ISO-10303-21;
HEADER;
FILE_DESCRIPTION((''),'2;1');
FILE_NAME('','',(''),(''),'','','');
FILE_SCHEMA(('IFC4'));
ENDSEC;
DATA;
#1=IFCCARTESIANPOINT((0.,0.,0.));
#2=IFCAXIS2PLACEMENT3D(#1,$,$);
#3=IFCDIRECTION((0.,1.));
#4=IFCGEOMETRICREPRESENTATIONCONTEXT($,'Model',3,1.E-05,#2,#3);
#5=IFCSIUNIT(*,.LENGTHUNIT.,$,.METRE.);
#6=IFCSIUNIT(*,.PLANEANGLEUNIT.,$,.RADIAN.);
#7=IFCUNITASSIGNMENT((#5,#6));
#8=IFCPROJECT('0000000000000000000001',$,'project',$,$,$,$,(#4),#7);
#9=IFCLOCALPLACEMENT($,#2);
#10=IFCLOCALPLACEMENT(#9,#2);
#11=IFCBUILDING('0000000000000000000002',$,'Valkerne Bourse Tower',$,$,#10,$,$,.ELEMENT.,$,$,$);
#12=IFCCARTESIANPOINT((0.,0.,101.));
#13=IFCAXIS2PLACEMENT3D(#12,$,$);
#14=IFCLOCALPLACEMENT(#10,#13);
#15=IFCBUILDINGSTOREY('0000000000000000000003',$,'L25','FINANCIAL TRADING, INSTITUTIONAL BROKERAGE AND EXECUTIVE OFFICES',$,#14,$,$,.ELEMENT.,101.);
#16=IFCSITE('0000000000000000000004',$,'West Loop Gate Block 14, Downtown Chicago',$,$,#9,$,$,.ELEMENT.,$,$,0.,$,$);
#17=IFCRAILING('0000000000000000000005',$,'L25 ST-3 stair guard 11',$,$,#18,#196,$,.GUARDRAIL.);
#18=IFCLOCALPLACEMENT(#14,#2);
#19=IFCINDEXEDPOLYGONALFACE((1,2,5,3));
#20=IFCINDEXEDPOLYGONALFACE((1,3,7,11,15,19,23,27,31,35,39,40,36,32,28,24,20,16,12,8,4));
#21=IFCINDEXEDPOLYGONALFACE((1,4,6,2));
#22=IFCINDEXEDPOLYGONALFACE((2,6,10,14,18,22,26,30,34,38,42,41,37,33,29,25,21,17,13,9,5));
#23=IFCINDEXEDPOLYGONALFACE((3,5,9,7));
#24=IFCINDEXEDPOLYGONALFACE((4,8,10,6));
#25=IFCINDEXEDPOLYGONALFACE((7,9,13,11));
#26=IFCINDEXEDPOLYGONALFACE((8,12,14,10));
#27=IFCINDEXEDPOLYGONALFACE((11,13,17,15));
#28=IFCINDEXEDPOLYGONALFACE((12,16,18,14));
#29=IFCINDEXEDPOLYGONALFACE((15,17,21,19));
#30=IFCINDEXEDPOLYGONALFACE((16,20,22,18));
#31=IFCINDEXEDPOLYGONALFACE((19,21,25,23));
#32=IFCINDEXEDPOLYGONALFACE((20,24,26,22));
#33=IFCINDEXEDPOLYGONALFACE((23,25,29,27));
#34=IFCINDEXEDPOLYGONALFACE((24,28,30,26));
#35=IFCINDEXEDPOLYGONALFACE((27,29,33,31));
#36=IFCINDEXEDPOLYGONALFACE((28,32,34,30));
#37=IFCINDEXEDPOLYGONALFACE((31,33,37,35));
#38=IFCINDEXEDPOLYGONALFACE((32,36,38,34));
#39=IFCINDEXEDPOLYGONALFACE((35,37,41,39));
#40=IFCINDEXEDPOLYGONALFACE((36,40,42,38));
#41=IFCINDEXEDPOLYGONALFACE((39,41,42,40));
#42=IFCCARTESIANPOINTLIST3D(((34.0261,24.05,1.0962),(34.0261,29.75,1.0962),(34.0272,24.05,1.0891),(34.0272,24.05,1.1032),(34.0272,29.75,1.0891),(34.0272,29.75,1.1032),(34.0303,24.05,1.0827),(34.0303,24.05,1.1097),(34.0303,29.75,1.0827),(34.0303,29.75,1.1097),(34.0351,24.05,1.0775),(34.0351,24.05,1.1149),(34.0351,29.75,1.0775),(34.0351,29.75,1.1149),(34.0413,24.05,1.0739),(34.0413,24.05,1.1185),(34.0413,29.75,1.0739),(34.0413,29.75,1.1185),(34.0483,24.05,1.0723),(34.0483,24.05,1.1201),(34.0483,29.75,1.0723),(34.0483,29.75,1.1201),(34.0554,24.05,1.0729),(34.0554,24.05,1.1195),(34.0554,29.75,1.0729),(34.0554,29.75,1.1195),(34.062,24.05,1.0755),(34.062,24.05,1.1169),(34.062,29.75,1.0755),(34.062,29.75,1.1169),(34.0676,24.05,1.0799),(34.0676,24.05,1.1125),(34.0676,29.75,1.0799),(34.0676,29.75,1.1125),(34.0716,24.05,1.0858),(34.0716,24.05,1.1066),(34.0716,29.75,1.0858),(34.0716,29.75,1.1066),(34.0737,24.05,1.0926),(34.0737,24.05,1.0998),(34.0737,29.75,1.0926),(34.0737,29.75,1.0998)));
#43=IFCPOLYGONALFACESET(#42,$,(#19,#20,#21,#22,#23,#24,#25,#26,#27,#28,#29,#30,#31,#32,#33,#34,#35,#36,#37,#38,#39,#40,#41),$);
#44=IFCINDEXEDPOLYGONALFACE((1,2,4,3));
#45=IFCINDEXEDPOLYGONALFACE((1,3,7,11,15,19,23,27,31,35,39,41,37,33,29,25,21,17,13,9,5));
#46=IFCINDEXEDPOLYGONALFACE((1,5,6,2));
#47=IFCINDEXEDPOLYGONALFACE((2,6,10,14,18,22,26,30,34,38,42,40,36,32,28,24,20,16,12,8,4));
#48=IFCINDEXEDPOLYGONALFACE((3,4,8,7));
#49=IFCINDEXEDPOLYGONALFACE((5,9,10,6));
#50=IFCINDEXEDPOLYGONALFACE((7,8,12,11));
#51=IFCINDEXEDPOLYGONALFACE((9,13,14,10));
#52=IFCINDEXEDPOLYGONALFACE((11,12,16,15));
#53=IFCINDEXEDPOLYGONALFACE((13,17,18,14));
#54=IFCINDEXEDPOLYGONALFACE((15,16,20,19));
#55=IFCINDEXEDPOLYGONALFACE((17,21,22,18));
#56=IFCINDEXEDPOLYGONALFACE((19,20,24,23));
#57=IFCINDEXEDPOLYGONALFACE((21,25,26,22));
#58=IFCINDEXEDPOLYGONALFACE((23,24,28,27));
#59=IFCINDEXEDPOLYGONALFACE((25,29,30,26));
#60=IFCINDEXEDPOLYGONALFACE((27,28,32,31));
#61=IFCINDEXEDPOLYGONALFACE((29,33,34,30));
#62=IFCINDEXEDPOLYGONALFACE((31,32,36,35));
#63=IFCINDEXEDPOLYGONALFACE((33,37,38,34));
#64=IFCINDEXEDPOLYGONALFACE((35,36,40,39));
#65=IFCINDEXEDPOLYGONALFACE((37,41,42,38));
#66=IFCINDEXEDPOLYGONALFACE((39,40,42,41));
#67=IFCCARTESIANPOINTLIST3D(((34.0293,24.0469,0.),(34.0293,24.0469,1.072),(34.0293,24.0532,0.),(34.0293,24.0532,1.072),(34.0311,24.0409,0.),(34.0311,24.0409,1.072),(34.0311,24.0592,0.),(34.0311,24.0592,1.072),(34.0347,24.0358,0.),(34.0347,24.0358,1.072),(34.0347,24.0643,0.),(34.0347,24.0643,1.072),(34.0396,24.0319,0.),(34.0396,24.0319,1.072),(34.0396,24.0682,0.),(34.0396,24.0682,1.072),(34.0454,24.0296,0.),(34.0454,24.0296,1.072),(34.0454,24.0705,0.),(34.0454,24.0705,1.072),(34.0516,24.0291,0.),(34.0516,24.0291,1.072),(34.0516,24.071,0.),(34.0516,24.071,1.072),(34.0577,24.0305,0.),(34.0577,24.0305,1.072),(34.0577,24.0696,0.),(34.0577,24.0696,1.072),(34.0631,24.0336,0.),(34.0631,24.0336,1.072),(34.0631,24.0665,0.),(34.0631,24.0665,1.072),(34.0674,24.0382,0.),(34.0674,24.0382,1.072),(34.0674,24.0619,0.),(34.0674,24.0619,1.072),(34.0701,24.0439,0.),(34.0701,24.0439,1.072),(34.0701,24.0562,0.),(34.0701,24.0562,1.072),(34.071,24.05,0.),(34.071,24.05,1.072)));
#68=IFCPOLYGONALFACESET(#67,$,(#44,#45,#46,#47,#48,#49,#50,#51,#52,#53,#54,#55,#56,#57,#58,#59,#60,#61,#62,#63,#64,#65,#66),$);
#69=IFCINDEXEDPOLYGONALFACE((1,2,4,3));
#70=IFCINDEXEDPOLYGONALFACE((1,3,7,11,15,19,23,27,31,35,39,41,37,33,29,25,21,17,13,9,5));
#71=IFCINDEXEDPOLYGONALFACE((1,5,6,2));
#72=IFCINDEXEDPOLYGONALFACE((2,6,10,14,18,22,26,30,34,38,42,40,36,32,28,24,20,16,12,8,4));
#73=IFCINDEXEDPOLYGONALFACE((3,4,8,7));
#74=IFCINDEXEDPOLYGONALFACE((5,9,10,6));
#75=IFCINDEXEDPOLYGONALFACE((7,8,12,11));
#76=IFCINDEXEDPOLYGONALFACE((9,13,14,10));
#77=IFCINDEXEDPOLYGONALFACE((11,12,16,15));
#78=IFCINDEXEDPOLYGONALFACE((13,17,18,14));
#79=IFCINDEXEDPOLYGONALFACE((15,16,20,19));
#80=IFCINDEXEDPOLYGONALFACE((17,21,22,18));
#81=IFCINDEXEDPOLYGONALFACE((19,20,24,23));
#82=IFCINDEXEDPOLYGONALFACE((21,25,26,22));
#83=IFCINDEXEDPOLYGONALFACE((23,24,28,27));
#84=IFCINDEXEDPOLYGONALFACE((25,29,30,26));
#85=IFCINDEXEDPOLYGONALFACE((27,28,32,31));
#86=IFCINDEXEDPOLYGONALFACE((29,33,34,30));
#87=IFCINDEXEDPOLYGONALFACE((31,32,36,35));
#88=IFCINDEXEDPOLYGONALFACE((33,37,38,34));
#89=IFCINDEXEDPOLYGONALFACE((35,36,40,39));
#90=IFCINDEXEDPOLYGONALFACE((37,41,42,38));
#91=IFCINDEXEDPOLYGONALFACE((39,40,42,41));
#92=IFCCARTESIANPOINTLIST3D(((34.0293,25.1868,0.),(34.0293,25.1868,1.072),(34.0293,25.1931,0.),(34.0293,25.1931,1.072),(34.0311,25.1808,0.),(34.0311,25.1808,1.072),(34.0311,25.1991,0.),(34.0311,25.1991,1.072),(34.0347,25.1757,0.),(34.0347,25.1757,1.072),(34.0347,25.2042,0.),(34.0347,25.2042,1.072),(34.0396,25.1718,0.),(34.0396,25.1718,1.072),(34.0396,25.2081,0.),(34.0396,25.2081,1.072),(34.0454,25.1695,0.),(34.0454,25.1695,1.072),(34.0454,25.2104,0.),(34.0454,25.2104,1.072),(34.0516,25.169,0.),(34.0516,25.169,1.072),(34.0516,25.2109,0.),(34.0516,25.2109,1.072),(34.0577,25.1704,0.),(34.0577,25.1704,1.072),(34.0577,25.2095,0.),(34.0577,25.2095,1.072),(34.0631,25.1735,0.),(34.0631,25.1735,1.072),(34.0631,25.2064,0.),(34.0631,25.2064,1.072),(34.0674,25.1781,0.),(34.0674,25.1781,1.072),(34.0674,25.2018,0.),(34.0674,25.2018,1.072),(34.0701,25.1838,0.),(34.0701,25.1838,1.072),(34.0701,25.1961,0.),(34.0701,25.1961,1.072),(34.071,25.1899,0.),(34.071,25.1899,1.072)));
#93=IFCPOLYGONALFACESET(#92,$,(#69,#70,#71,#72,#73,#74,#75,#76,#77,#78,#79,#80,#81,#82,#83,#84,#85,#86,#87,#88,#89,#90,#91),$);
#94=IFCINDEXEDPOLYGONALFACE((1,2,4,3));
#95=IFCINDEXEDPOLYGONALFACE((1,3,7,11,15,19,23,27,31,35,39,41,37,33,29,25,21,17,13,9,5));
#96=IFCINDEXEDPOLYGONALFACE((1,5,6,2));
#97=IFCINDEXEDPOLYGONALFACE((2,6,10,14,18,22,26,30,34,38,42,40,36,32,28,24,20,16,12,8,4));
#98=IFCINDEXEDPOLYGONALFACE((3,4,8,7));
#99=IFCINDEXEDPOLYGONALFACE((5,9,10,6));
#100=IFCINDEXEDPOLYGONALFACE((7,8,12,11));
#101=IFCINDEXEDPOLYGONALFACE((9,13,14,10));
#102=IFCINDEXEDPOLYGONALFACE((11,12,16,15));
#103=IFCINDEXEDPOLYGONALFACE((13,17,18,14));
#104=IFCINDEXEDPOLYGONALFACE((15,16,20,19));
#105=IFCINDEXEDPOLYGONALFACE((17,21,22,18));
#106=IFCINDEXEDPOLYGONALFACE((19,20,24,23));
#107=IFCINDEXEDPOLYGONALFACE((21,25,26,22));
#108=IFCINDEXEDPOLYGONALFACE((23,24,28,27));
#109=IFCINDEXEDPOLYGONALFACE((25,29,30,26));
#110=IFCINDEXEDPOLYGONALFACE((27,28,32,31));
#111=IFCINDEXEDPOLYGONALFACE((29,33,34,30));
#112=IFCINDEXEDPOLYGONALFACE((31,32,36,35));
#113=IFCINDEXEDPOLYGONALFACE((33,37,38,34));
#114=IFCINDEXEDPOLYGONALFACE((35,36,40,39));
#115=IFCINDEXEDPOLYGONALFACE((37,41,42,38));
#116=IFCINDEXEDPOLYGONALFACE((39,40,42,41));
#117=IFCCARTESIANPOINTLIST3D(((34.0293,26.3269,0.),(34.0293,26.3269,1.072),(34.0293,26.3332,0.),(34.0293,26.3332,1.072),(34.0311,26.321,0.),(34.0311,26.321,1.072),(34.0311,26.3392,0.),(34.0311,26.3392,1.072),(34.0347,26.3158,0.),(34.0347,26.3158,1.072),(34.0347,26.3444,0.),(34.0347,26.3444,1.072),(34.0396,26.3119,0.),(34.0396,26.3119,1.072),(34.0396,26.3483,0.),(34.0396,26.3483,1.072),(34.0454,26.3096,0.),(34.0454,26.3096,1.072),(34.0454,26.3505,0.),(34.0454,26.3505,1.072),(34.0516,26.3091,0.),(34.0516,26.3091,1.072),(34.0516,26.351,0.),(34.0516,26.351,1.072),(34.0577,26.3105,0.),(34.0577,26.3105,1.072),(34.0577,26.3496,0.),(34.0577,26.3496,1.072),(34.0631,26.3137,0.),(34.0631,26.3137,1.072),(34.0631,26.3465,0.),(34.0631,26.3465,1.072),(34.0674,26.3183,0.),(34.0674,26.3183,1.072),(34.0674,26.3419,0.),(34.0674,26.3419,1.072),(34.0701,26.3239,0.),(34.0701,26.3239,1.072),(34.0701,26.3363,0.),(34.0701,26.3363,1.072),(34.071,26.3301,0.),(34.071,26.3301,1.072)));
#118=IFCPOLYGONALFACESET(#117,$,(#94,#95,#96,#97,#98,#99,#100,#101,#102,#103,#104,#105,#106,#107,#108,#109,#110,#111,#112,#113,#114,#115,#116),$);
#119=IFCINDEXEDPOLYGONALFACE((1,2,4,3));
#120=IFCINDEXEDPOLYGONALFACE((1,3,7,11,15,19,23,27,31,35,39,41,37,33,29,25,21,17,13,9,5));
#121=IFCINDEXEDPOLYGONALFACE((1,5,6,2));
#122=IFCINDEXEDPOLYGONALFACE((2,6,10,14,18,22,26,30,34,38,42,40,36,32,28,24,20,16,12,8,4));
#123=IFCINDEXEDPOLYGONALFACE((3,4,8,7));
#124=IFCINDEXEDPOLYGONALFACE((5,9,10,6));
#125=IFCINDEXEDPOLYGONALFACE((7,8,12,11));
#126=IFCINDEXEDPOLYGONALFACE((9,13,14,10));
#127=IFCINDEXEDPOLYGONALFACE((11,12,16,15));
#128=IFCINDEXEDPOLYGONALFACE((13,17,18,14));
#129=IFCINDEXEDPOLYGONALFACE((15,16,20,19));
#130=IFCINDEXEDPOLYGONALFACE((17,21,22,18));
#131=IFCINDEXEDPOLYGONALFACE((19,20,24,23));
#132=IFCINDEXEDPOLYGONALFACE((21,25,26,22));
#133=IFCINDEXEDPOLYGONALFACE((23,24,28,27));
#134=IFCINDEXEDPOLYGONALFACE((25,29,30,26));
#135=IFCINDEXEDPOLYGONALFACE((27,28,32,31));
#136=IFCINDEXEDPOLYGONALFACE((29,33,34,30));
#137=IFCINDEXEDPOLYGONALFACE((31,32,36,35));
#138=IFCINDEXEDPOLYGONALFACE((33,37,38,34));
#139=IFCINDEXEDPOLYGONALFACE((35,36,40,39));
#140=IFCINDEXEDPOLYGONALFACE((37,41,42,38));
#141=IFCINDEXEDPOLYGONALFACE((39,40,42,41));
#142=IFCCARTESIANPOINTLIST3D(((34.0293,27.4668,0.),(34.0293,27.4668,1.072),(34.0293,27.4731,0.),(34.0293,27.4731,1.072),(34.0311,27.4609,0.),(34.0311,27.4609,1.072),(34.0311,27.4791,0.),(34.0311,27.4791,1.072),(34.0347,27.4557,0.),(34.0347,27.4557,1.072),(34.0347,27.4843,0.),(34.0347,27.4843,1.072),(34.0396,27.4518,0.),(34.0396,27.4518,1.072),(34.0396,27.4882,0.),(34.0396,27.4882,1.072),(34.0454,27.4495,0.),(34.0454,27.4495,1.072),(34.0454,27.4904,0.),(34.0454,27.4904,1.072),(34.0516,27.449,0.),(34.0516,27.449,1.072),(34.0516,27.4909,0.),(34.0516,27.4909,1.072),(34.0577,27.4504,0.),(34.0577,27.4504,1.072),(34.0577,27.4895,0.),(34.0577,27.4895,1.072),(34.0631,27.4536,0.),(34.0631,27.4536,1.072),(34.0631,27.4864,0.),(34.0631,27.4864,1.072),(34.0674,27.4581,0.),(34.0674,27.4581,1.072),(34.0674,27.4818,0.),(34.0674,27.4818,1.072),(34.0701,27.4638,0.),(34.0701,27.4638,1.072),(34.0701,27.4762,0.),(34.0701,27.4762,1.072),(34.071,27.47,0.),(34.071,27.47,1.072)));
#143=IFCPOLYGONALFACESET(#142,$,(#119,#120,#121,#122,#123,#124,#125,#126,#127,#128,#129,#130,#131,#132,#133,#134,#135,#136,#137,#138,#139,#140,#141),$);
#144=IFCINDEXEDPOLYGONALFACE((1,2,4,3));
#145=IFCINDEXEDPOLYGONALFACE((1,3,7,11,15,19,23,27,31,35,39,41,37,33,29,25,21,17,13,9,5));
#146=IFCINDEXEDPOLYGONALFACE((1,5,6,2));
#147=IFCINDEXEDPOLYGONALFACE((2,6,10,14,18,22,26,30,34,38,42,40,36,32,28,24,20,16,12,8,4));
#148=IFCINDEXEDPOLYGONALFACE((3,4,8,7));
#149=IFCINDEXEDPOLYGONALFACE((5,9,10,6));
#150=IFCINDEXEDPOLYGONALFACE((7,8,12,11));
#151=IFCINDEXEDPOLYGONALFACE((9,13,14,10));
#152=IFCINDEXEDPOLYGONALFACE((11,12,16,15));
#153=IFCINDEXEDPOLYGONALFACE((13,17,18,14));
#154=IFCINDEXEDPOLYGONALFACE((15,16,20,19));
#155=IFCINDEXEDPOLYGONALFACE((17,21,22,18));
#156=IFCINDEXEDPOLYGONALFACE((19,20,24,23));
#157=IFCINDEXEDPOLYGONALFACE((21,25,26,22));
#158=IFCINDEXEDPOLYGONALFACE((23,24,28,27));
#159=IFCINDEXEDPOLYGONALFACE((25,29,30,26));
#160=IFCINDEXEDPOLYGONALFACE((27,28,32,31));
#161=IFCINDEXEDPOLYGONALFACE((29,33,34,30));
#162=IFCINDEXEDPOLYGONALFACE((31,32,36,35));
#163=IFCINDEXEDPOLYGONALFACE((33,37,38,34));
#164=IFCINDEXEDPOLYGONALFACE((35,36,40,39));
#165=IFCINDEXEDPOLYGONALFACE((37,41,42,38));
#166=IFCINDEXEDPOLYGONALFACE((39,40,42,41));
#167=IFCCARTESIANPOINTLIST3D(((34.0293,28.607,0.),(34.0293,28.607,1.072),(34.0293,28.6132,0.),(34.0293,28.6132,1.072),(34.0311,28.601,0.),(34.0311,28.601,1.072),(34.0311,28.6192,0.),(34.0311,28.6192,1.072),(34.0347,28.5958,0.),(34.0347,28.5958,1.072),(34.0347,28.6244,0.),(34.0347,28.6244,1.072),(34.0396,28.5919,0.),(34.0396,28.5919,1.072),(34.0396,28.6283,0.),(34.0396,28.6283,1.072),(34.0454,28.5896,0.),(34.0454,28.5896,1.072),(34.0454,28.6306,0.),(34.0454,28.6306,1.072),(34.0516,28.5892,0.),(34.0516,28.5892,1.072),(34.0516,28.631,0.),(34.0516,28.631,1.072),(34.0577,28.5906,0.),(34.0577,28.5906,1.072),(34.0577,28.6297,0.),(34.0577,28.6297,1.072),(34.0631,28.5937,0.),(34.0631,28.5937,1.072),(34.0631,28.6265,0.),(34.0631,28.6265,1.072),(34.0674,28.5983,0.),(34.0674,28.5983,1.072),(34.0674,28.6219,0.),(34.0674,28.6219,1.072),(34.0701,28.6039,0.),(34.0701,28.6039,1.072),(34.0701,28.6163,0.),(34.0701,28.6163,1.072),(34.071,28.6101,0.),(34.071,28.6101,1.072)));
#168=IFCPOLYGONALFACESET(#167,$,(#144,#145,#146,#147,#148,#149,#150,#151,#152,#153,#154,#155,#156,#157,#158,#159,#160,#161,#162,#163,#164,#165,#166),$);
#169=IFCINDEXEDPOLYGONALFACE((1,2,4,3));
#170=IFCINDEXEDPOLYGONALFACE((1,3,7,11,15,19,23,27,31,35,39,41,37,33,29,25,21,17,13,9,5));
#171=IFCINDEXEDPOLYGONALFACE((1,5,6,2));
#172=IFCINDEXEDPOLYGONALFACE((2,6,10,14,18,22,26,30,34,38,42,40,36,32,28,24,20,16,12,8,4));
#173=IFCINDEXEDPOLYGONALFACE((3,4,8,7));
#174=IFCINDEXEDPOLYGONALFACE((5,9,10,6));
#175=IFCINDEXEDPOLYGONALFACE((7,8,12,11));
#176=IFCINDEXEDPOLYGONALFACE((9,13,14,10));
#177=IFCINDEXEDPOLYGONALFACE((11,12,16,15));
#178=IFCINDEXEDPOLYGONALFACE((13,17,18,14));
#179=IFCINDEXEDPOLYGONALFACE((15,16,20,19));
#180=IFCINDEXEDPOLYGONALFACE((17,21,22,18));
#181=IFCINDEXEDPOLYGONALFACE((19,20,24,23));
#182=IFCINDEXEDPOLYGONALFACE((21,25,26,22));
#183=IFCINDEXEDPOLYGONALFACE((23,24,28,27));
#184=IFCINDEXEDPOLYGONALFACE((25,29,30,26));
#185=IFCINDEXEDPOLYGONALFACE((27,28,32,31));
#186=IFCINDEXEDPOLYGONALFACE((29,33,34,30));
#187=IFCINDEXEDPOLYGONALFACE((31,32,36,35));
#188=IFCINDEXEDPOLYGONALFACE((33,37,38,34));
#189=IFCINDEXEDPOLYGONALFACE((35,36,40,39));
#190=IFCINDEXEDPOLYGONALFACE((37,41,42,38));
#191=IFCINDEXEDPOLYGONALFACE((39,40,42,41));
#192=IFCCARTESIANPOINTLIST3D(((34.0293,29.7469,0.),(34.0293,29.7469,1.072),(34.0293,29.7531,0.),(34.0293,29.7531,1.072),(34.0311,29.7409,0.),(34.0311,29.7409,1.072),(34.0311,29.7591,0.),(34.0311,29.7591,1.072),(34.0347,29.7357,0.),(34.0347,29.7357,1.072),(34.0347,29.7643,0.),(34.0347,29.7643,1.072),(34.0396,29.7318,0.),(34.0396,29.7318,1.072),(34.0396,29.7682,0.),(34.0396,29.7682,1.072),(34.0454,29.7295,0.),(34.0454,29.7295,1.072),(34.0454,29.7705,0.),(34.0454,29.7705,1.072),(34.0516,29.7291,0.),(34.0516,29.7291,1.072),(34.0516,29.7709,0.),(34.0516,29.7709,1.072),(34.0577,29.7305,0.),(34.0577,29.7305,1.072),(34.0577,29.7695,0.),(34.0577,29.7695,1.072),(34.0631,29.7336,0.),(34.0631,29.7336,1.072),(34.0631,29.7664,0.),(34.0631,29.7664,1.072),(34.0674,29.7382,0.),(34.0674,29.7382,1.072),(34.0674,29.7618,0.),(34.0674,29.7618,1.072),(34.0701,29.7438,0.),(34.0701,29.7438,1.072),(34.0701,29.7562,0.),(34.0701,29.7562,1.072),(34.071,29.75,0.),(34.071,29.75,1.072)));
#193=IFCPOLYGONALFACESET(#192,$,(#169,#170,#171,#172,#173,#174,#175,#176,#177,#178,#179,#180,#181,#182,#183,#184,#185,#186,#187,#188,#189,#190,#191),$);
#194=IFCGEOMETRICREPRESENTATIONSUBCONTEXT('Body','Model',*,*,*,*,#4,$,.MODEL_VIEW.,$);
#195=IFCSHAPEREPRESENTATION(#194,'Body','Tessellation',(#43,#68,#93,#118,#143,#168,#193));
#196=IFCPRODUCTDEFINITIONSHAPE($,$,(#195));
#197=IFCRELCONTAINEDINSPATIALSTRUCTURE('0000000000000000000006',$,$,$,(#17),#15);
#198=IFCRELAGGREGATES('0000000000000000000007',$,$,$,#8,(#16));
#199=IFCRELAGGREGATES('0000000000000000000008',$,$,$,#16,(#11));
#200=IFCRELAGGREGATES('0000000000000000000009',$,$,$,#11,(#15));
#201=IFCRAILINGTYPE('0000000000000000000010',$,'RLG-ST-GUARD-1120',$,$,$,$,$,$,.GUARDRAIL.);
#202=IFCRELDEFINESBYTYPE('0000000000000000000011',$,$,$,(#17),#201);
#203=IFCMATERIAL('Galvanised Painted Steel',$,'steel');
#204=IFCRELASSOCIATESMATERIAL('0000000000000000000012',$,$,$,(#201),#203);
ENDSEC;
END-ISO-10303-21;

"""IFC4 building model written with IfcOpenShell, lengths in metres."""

from ifc_helpers import new_model, si_unit, direction, frame, origin, origin_2d, place, context, subcontext, project, spatial, circle, extrude, material, type_object, element, save


model = new_model("IFC4")

# Units and contexts
model_context = context("Model", 3, precision=1e-05, world=origin(), true_north=direction((0.0, 1.0)))
body_context = subcontext(model_context, "Body", "Model", "MODEL_VIEW")
ifc_project = project(units=[si_unit("LENGTHUNIT", "METRE"), si_unit("PLANEANGLEUNIT", "RADIAN")], contexts=[model_context])

# Site, building, storey
site_placement = place(None, origin())
site = spatial("IfcSite", under=ifc_project, at=site_placement, Name="West Loop Gate Block 14, Downtown Chicago", CompositionType="ELEMENT", RefElevation=0.0)
building_placement = place(site_placement, origin())
building = spatial("IfcBuilding", under=site, at=building_placement, Name="Valkerne Bourse Tower", CompositionType="ELEMENT")
storey_placement = place(building_placement, frame((0.0, 0.0, 101.0)))
storey = spatial("IfcBuildingStorey", under=building, at=storey_placement, Name="L25", Description="FINANCIAL TRADING, INSTITUTIONAL BROKERAGE AND EXECUTIVE OFFICES", CompositionType="ELEMENT", Elevation=101.0)

# Shared definitions
ifc_material_1 = material(Name="Galvanised Painted Steel", Category="steel")

# Railing
railing_type_1 = type_object("IfcRailingType", Name="RLG-ST-GUARD-1120", PredefinedType="GUARDRAIL", material=ifc_material_1)
for number, where, name in (
    (1, (34.05, 24.05, 0.0), "L25 ST-3 stair guard 11"),
):
    element("IfcRailing", number, at=place(storey_placement, frame(where)), inside=storey, type_object=railing_type_1, Name=name, PredefinedType="GUARDRAIL", context=body_context, shape_type="SweptSolid", body=[
        extrude(circle(Radius=0.0239, at=origin_2d()), frame((0.0, 0.0, 1.0962), z_axis=(0.0, 1.0, 0.0), x_axis=(-1.0, 0.0, 0.0)), (0.0, 0.0, 1.0), 5.7),
        extrude(circle(Radius=0.021, at=origin_2d()), origin(), (0.0, 0.0, 1.0), 1.072),
        extrude(circle(Radius=0.021, at=origin_2d()), frame((0.0, 1.1399, 0.0)), (0.0, 0.0, 1.0), 1.072),
        extrude(circle(Radius=0.021, at=origin_2d()), frame((0.0, 2.28, 0.0)), (0.0, 0.0, 1.0), 1.072),
        extrude(circle(Radius=0.021, at=origin_2d()), frame((0.0, 3.4199, 0.0)), (0.0, 0.0, 1.0), 1.072),
        extrude(circle(Radius=0.021, at=origin_2d()), frame((0.0, 4.5601, 0.0)), (0.0, 0.0, 1.0), 1.072),
        extrude(circle(Radius=0.021, at=origin_2d()), frame((0.0, 5.7, 0.0)), (0.0, 0.0, 1.0), 1.072),
    ])

save(model, "model.ifc")
